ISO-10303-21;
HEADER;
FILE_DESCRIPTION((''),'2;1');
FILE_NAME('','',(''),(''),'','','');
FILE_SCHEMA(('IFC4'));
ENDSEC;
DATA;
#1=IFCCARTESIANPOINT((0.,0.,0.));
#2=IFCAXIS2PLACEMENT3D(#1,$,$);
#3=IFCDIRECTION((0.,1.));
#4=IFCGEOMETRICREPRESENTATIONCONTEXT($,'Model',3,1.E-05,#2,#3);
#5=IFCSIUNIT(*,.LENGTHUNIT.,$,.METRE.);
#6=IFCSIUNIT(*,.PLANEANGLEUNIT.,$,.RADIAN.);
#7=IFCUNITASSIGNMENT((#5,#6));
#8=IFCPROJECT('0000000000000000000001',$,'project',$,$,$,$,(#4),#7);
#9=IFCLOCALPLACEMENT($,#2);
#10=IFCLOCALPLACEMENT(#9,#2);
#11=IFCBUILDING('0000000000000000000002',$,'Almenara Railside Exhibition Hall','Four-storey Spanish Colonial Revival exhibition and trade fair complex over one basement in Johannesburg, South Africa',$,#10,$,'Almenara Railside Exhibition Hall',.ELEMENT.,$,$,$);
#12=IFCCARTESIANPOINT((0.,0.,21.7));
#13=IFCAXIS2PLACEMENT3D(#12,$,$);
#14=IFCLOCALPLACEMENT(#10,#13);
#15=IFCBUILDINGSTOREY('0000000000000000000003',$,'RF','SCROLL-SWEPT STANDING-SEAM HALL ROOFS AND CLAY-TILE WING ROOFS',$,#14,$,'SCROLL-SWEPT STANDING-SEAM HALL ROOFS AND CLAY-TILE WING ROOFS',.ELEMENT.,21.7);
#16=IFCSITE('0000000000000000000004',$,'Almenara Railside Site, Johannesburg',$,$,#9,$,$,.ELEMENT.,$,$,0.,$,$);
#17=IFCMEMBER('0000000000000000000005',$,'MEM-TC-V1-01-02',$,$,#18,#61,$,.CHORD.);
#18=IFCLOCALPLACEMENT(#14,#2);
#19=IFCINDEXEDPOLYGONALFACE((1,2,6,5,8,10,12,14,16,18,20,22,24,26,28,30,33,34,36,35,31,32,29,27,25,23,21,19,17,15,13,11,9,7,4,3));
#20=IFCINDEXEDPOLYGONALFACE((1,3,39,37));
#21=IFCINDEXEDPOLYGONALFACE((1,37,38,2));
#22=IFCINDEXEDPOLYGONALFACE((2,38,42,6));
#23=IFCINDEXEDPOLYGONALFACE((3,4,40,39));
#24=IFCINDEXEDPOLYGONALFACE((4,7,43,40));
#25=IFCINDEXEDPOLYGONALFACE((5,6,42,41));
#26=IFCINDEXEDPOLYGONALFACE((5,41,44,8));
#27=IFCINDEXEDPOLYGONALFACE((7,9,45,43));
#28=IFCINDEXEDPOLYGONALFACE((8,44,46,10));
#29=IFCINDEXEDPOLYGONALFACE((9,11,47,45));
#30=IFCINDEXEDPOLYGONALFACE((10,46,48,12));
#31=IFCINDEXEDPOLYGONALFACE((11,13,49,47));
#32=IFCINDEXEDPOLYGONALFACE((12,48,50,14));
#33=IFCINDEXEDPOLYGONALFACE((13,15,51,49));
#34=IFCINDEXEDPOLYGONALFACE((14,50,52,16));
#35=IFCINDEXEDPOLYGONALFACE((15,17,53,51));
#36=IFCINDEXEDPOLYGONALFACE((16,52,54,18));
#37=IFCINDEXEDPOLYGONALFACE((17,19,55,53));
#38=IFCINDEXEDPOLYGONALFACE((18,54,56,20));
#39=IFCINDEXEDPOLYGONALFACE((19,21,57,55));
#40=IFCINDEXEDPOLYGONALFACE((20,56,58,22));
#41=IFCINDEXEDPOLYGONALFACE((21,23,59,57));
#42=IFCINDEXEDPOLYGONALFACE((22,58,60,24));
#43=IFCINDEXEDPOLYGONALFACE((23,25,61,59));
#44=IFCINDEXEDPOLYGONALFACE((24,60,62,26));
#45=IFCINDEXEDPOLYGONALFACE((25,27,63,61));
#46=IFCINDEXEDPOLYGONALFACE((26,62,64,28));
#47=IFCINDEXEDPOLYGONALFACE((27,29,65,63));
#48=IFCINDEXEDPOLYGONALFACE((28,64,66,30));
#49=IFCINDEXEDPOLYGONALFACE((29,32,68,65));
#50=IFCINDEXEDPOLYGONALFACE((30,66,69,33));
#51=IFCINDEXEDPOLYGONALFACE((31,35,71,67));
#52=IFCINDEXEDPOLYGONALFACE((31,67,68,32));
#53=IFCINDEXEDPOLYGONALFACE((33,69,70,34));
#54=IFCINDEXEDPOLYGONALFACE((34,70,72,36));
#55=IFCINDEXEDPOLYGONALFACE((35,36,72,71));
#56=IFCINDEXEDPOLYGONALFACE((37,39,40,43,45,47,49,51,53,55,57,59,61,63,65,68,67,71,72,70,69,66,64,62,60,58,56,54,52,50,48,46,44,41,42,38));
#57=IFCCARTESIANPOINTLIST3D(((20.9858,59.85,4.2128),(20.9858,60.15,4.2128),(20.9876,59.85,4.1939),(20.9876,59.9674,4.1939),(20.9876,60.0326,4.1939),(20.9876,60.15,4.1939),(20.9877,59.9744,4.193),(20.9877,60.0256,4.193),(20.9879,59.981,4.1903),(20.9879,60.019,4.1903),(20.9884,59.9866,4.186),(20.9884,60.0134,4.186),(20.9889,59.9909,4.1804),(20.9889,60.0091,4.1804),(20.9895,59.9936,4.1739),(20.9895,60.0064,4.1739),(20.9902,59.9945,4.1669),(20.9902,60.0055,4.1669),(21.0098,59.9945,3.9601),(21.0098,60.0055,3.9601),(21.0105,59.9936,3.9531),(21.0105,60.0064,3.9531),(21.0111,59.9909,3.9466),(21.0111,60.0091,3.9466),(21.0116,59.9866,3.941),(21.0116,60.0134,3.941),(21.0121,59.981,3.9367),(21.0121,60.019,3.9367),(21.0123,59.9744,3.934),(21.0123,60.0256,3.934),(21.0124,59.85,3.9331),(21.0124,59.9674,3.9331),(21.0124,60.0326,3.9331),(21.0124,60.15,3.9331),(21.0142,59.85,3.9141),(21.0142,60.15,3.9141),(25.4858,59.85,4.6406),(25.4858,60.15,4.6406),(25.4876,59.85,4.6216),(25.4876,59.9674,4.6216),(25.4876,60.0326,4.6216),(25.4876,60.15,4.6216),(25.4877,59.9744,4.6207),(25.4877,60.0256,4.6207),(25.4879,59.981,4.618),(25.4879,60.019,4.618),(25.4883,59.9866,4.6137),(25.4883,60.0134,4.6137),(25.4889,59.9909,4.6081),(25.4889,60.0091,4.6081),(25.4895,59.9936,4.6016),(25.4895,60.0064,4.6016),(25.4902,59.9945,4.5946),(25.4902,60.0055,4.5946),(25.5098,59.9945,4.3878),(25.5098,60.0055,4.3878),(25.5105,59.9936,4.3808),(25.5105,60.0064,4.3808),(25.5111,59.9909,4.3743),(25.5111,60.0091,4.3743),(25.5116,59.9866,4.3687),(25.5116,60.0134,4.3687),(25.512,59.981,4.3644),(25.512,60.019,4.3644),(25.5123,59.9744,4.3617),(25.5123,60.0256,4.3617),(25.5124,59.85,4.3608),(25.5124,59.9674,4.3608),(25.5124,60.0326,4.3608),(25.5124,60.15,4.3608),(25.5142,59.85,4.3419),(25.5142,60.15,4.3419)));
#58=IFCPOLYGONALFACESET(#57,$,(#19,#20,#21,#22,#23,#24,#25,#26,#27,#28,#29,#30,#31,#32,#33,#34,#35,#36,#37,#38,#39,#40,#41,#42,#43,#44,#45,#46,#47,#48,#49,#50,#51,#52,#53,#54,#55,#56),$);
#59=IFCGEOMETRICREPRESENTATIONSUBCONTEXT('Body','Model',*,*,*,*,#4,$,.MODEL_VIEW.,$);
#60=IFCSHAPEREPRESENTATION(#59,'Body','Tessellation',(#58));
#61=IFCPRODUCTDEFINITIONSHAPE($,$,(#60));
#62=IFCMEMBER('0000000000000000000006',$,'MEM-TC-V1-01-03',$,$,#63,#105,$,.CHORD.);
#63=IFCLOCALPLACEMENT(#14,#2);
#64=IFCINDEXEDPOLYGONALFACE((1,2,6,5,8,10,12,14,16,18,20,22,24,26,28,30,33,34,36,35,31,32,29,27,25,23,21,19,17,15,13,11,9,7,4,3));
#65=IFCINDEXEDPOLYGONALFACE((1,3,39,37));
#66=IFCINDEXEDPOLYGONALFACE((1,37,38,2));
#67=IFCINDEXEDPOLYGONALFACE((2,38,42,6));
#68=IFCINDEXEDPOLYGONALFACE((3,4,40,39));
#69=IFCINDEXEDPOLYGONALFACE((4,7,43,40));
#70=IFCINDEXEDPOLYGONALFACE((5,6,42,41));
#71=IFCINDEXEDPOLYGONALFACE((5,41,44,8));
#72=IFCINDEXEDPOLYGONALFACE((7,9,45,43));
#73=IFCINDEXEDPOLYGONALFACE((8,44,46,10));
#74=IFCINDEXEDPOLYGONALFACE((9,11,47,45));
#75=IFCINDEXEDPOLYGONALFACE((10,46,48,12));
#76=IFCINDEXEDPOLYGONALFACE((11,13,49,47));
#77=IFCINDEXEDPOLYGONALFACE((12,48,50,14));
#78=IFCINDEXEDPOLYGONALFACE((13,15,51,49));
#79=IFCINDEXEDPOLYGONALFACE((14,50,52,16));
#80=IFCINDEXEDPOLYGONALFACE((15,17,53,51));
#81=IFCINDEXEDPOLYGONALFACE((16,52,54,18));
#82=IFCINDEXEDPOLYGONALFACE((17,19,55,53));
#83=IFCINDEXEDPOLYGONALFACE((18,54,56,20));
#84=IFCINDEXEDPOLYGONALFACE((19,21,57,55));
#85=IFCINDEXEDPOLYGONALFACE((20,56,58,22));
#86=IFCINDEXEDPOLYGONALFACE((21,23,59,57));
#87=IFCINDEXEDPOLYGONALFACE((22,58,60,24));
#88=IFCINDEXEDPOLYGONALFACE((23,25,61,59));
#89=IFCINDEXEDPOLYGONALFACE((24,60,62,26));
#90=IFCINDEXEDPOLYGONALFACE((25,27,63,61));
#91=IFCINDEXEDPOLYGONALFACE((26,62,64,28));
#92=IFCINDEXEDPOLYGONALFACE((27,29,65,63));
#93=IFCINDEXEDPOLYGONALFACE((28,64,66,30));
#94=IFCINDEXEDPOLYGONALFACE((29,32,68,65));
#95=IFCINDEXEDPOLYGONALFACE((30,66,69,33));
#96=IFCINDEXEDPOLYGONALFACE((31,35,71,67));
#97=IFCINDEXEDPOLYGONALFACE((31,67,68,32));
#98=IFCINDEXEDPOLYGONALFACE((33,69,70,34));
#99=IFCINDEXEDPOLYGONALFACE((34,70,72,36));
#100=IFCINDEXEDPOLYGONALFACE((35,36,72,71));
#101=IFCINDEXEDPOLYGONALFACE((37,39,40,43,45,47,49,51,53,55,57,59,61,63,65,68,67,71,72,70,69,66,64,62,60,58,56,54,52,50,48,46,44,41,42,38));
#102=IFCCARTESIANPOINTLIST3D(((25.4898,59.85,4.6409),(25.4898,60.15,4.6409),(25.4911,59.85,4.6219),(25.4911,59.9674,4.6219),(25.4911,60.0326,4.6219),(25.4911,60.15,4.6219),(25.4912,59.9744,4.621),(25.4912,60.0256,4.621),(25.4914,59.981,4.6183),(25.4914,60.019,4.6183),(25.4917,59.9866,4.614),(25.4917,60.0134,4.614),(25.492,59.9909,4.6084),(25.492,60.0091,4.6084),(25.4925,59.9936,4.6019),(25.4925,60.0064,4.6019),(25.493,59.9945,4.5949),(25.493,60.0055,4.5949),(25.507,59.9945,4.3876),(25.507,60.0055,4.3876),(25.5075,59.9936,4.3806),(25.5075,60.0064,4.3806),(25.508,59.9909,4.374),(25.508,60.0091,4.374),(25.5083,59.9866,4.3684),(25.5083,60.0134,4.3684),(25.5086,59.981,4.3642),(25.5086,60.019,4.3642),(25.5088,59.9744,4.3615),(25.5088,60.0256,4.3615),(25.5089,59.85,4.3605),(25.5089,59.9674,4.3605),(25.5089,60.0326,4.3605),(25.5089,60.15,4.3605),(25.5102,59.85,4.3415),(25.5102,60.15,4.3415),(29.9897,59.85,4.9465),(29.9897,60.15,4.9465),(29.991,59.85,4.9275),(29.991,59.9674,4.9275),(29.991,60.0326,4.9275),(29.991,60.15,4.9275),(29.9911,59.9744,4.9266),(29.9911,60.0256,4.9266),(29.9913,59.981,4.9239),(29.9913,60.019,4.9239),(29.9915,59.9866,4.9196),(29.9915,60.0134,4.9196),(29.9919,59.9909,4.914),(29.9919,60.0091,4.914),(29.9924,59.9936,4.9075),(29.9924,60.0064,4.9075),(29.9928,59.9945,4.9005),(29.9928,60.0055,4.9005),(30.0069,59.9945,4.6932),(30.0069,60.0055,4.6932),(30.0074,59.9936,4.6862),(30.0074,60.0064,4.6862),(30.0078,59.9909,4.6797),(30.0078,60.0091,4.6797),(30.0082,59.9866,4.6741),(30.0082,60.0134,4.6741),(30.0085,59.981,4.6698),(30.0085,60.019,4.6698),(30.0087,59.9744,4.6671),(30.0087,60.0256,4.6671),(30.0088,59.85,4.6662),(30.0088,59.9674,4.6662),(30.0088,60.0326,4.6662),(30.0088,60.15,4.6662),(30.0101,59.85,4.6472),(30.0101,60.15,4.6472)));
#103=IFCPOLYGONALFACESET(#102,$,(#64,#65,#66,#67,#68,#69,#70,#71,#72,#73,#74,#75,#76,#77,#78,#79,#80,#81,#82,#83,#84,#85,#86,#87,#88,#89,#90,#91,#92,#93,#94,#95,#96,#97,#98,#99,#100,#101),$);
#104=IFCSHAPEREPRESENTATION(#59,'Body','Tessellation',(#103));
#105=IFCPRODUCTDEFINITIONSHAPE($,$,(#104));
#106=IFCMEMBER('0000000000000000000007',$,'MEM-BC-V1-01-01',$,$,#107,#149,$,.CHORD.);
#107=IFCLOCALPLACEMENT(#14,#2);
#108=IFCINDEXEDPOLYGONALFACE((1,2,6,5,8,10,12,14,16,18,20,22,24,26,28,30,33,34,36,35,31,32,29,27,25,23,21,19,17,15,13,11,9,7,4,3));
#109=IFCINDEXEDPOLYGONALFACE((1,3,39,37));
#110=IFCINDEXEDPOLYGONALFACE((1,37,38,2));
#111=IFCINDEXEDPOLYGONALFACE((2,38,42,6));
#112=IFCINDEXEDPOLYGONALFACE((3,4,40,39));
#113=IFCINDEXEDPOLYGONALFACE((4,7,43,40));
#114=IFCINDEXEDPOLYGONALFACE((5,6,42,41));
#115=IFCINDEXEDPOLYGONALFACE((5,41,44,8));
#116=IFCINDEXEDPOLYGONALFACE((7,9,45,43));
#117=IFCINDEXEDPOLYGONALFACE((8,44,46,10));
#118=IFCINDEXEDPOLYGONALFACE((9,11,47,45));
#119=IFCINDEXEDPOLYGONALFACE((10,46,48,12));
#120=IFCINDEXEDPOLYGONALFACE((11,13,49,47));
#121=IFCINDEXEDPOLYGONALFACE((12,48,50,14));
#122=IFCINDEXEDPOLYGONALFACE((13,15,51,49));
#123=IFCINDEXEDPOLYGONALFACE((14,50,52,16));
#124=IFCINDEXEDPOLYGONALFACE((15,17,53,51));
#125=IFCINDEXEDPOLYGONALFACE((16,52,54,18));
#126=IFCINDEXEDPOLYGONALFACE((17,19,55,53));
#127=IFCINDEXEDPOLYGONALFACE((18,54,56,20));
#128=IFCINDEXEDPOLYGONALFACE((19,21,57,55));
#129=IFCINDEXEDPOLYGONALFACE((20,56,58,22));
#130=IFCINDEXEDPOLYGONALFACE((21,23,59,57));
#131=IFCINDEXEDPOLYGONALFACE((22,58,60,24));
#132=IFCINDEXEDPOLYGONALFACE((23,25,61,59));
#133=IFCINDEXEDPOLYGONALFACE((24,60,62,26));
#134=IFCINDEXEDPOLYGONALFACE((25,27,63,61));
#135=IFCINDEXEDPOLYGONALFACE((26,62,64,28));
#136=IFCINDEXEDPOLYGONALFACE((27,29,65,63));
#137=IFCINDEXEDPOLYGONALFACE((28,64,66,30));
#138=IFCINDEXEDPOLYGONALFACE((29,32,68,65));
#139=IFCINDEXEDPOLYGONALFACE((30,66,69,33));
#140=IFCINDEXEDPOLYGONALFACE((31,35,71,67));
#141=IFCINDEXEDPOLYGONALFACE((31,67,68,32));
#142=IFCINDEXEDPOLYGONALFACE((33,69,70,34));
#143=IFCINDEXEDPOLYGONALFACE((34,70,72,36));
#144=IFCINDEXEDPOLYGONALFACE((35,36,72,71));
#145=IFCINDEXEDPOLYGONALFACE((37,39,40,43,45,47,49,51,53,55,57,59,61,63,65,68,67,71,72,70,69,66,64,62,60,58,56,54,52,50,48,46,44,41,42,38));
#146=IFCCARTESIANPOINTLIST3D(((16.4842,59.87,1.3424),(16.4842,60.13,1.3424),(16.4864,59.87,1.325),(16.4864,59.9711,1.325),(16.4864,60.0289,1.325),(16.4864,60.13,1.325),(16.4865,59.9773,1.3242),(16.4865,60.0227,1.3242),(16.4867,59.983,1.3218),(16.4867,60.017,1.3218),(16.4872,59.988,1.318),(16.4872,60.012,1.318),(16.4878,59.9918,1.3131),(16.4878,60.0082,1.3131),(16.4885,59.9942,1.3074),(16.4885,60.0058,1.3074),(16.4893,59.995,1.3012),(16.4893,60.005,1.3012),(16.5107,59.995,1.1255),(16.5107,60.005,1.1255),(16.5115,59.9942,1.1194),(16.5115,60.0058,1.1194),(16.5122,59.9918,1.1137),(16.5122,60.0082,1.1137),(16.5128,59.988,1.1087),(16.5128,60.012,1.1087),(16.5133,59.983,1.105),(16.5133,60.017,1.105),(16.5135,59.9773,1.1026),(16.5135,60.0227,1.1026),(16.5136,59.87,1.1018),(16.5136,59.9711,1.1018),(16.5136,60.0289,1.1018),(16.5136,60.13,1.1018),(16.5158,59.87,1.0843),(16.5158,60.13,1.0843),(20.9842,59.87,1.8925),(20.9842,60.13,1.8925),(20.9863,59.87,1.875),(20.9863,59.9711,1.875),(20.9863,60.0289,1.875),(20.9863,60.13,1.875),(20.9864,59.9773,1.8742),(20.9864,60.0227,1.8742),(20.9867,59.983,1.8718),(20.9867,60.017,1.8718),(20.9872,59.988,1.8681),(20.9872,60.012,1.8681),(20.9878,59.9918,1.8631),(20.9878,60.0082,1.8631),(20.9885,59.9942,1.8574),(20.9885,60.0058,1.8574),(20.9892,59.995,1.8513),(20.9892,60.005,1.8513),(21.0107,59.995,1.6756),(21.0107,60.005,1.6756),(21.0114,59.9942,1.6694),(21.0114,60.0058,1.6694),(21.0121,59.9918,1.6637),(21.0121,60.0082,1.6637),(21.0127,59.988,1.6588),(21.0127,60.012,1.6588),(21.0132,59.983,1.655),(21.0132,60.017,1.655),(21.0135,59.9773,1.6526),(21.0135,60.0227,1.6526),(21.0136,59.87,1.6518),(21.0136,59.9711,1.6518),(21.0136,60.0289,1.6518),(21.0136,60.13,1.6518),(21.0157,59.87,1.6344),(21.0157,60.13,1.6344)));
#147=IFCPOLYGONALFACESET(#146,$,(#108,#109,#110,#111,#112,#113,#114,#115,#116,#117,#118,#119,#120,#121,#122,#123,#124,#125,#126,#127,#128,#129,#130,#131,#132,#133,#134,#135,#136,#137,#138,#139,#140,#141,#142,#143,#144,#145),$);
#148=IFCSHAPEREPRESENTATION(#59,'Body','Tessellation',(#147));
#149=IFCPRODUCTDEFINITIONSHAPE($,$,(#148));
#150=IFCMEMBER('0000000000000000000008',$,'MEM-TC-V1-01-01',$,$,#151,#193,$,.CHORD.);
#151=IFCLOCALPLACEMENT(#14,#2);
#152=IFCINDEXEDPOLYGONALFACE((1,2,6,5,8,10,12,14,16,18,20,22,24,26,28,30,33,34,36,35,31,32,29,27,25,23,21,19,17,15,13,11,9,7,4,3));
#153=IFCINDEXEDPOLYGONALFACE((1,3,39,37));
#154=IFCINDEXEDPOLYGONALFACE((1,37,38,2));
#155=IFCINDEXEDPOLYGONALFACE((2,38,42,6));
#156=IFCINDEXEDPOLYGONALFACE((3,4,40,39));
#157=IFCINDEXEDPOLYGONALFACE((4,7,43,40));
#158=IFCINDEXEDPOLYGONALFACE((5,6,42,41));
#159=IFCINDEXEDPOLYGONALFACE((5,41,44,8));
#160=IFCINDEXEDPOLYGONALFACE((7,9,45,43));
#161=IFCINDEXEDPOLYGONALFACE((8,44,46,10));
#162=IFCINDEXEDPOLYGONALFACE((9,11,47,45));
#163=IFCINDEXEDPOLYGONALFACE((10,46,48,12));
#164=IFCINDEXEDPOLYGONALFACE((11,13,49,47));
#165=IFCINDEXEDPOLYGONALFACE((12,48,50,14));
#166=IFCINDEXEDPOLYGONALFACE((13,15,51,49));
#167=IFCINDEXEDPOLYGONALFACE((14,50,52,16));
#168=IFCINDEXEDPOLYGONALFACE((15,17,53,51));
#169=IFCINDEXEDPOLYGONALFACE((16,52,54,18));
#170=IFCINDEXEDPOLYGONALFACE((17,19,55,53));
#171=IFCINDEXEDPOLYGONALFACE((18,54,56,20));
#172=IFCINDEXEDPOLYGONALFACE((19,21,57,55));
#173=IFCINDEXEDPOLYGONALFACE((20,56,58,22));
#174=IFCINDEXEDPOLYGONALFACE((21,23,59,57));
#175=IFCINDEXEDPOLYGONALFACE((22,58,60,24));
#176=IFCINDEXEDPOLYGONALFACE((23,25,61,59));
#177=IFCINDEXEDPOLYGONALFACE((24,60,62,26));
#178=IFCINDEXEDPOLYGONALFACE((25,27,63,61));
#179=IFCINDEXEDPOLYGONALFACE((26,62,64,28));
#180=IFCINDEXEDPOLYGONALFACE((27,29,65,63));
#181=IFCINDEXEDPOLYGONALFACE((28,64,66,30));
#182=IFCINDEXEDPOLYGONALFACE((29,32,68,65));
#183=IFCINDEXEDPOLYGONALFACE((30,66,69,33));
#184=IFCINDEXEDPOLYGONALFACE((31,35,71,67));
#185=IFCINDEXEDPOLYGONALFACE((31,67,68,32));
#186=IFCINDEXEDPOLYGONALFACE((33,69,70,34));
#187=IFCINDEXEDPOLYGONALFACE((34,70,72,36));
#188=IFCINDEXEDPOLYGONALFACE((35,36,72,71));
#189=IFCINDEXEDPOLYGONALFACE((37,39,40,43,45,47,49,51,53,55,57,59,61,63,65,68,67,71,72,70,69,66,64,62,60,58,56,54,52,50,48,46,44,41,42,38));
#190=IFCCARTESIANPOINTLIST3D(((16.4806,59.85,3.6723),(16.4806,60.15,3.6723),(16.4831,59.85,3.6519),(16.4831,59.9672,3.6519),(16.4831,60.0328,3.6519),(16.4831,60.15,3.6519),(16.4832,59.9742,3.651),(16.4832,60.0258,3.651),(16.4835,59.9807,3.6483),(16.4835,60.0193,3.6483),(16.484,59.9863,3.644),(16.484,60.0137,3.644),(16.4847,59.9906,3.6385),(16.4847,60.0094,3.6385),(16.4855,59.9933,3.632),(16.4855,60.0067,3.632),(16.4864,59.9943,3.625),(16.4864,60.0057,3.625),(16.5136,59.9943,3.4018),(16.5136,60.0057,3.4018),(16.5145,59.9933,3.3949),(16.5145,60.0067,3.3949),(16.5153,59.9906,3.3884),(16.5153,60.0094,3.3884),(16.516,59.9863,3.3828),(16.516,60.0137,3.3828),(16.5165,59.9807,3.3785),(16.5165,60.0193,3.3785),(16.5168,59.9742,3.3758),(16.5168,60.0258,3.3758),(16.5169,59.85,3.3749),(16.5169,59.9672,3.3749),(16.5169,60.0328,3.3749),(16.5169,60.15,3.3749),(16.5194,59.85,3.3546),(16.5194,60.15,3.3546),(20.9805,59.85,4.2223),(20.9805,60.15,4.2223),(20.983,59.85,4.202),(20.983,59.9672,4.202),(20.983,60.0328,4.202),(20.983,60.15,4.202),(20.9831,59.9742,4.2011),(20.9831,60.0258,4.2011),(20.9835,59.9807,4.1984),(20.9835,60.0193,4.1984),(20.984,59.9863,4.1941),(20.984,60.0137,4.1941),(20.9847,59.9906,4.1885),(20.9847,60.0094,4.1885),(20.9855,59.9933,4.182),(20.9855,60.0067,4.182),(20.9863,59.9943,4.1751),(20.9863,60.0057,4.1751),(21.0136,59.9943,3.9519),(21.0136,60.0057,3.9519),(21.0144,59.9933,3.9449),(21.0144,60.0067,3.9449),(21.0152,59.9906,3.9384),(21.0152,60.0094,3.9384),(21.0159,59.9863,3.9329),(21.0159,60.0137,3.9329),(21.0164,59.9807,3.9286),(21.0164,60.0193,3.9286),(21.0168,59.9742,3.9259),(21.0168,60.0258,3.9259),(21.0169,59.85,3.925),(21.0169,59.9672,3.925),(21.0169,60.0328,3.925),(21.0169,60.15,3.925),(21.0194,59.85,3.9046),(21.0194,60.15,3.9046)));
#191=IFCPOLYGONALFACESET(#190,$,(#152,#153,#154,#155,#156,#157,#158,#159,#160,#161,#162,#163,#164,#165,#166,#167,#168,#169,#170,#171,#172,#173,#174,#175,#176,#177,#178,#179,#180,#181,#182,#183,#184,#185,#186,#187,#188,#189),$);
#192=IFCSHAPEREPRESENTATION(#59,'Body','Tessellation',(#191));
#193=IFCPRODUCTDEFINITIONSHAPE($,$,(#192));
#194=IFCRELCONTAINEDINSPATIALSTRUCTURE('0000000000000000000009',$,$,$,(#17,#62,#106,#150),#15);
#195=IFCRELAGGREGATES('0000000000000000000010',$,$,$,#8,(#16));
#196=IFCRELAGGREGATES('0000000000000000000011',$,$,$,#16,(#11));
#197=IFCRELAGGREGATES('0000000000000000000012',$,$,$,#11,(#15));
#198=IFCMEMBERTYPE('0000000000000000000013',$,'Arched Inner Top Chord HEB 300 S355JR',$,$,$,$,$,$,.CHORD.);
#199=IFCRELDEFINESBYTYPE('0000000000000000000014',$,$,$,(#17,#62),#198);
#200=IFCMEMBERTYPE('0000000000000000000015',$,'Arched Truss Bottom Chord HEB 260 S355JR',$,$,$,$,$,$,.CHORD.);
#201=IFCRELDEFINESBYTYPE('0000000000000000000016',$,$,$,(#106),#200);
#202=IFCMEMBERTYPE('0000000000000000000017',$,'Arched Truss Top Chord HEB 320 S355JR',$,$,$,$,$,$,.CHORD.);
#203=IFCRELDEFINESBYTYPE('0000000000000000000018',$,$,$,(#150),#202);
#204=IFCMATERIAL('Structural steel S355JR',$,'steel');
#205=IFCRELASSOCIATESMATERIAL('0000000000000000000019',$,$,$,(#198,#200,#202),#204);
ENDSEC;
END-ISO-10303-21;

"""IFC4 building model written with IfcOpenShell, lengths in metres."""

from ifc_helpers import new_model, si_unit, direction, frame, origin, origin_2d, place, context, subcontext, project, spatial, i_section, extrude, material, material_profile, profile_set, type_object, element, save


model = new_model("IFC4")

# Units and contexts
model_context = context("Model", 3, precision=1e-05, world=origin(), true_north=direction((0.0, 1.0)))
body_context = subcontext(model_context, "Body", "Model", "MODEL_VIEW")
ifc_project = project(units=[si_unit("LENGTHUNIT", "METRE"), si_unit("PLANEANGLEUNIT", "RADIAN")], contexts=[model_context])

# Site, building, storey
site_placement = place(None, origin())
site = spatial("IfcSite", under=ifc_project, at=site_placement, Name="Almenara Railside Site, Johannesburg", CompositionType="ELEMENT", RefElevation=0.0)
building_placement = place(site_placement, origin())
building = spatial("IfcBuilding", under=site, at=building_placement, Name="Almenara Railside Exhibition Hall", Description="Four-storey Spanish Colonial Revival exhibition and trade fair complex over one basement in Johannesburg, South Africa", LongName="Almenara Railside Exhibition Hall", CompositionType="ELEMENT")
storey_placement = place(building_placement, frame((0.0, 0.0, 21.7)))
storey = spatial("IfcBuildingStorey", under=building, at=storey_placement, Name="RF", Description="SCROLL-SWEPT STANDING-SEAM HALL ROOFS AND CLAY-TILE WING ROOFS", LongName="SCROLL-SWEPT STANDING-SEAM HALL ROOFS AND CLAY-TILE WING ROOFS", CompositionType="ELEMENT", Elevation=21.7)

# Members
ifc_material_1 = material(Name="Structural steel S355JR", Category="steel")
ifc_material_profile_1 = material_profile(ifc_material_1, i_section(OverallWidth=0.3, OverallDepth=0.3, WebThickness=0.011, FlangeThickness=0.019, FilletRadius=0.0271, at=origin_2d()), Name="HEB 300")
ifc_profile_set_1 = profile_set([ifc_material_profile_1], Name="Structural steel S355JR")
member_type_1 = type_object("IfcMemberType", Name="Arched Inner Top Chord HEB 300 S355JR", PredefinedType="CHORD", material=ifc_profile_set_1)
member_1_placement = place(storey_placement, frame((21.0, 60.0, 4.0635), z_axis=(0.995513, 0.0, 0.094626), x_axis=(0.0, 1.0, 0.0)))
element("IfcMember", 1, at=member_1_placement, inside=storey, type_object=member_type_1, Name="MEM-TC-V1-01-02", PredefinedType="CHORD", context=body_context, shape_type="SweptSolid", body=[
    extrude(i_section(OverallWidth=0.3, OverallDepth=0.3, WebThickness=0.011, FlangeThickness=0.019, FilletRadius=0.0271, at=origin_2d()), origin(), (0.0, 0.0, 1.0), 4.5203),
])
member_2_placement = place(storey_placement, frame((25.5, 60.0, 4.4912), z_axis=(0.997701, 0.0, 0.067769), x_axis=(0.0, 1.0, 0.0)))
element("IfcMember", 2, at=member_2_placement, inside=storey, type_object=member_type_1, Name="MEM-TC-V1-01-03", PredefinedType="CHORD", context=body_context, shape_type="SweptSolid", body=[
    extrude(i_section(OverallWidth=0.3, OverallDepth=0.3, WebThickness=0.011, FlangeThickness=0.019, FilletRadius=0.0271, at=origin_2d()), origin(), (0.0, 0.0, 1.0), 4.5103),
])
ifc_material_profile_2 = material_profile(ifc_material_1, i_section(OverallWidth=0.26, OverallDepth=0.26, WebThickness=0.01, FlangeThickness=0.0176, FilletRadius=0.0239, at=origin_2d()), Name="HEB 260")
ifc_profile_set_2 = profile_set([ifc_material_profile_2], Name="Structural steel S355JR")
member_type_2 = type_object("IfcMemberType", Name="Arched Truss Bottom Chord HEB 260 S355JR", PredefinedType="CHORD", material=ifc_profile_set_2)
member_3_placement = place(storey_placement, frame((16.5, 60.0, 1.2134), z_axis=(0.992612, 0.0, 0.12133), x_axis=(0.0, 1.0, 0.0)))
element("IfcMember", 3, at=member_3_placement, inside=storey, type_object=member_type_2, Name="MEM-BC-V1-01-01", PredefinedType="CHORD", context=body_context, shape_type="SweptSolid", body=[
    extrude(i_section(OverallWidth=0.26, OverallDepth=0.26, WebThickness=0.01, FlangeThickness=0.0176, FilletRadius=0.0239, at=origin_2d()), origin(), (0.0, 0.0, 1.0), 4.5334),
])
ifc_material_profile_3 = material_profile(ifc_material_1, i_section(OverallWidth=0.3, OverallDepth=0.3201, WebThickness=0.0115, FlangeThickness=0.0205, FilletRadius=0.0271, at=origin_2d()), Name="HEB 320")
ifc_profile_set_3 = profile_set([ifc_material_profile_3], Name="Structural steel S355JR")
member_type_3 = type_object("IfcMemberType", Name="Arched Truss Top Chord HEB 320 S355JR", PredefinedType="CHORD", material=ifc_profile_set_3)
member_4_placement = place(storey_placement, frame((16.5, 60.0, 3.5134), z_axis=(0.992612, 0.0, 0.12133), x_axis=(0.0, 1.0, 0.0)))
element("IfcMember", 4, at=member_4_placement, inside=storey, type_object=member_type_3, Name="MEM-TC-V1-01-01", PredefinedType="CHORD", context=body_context, shape_type="SweptSolid", body=[
    extrude(i_section(OverallWidth=0.3, OverallDepth=0.3201, WebThickness=0.0115, FlangeThickness=0.0205, FilletRadius=0.0271, at=origin_2d()), origin(), (0.0, 0.0, 1.0), 4.5334),
])

save(model, "model.ifc")
